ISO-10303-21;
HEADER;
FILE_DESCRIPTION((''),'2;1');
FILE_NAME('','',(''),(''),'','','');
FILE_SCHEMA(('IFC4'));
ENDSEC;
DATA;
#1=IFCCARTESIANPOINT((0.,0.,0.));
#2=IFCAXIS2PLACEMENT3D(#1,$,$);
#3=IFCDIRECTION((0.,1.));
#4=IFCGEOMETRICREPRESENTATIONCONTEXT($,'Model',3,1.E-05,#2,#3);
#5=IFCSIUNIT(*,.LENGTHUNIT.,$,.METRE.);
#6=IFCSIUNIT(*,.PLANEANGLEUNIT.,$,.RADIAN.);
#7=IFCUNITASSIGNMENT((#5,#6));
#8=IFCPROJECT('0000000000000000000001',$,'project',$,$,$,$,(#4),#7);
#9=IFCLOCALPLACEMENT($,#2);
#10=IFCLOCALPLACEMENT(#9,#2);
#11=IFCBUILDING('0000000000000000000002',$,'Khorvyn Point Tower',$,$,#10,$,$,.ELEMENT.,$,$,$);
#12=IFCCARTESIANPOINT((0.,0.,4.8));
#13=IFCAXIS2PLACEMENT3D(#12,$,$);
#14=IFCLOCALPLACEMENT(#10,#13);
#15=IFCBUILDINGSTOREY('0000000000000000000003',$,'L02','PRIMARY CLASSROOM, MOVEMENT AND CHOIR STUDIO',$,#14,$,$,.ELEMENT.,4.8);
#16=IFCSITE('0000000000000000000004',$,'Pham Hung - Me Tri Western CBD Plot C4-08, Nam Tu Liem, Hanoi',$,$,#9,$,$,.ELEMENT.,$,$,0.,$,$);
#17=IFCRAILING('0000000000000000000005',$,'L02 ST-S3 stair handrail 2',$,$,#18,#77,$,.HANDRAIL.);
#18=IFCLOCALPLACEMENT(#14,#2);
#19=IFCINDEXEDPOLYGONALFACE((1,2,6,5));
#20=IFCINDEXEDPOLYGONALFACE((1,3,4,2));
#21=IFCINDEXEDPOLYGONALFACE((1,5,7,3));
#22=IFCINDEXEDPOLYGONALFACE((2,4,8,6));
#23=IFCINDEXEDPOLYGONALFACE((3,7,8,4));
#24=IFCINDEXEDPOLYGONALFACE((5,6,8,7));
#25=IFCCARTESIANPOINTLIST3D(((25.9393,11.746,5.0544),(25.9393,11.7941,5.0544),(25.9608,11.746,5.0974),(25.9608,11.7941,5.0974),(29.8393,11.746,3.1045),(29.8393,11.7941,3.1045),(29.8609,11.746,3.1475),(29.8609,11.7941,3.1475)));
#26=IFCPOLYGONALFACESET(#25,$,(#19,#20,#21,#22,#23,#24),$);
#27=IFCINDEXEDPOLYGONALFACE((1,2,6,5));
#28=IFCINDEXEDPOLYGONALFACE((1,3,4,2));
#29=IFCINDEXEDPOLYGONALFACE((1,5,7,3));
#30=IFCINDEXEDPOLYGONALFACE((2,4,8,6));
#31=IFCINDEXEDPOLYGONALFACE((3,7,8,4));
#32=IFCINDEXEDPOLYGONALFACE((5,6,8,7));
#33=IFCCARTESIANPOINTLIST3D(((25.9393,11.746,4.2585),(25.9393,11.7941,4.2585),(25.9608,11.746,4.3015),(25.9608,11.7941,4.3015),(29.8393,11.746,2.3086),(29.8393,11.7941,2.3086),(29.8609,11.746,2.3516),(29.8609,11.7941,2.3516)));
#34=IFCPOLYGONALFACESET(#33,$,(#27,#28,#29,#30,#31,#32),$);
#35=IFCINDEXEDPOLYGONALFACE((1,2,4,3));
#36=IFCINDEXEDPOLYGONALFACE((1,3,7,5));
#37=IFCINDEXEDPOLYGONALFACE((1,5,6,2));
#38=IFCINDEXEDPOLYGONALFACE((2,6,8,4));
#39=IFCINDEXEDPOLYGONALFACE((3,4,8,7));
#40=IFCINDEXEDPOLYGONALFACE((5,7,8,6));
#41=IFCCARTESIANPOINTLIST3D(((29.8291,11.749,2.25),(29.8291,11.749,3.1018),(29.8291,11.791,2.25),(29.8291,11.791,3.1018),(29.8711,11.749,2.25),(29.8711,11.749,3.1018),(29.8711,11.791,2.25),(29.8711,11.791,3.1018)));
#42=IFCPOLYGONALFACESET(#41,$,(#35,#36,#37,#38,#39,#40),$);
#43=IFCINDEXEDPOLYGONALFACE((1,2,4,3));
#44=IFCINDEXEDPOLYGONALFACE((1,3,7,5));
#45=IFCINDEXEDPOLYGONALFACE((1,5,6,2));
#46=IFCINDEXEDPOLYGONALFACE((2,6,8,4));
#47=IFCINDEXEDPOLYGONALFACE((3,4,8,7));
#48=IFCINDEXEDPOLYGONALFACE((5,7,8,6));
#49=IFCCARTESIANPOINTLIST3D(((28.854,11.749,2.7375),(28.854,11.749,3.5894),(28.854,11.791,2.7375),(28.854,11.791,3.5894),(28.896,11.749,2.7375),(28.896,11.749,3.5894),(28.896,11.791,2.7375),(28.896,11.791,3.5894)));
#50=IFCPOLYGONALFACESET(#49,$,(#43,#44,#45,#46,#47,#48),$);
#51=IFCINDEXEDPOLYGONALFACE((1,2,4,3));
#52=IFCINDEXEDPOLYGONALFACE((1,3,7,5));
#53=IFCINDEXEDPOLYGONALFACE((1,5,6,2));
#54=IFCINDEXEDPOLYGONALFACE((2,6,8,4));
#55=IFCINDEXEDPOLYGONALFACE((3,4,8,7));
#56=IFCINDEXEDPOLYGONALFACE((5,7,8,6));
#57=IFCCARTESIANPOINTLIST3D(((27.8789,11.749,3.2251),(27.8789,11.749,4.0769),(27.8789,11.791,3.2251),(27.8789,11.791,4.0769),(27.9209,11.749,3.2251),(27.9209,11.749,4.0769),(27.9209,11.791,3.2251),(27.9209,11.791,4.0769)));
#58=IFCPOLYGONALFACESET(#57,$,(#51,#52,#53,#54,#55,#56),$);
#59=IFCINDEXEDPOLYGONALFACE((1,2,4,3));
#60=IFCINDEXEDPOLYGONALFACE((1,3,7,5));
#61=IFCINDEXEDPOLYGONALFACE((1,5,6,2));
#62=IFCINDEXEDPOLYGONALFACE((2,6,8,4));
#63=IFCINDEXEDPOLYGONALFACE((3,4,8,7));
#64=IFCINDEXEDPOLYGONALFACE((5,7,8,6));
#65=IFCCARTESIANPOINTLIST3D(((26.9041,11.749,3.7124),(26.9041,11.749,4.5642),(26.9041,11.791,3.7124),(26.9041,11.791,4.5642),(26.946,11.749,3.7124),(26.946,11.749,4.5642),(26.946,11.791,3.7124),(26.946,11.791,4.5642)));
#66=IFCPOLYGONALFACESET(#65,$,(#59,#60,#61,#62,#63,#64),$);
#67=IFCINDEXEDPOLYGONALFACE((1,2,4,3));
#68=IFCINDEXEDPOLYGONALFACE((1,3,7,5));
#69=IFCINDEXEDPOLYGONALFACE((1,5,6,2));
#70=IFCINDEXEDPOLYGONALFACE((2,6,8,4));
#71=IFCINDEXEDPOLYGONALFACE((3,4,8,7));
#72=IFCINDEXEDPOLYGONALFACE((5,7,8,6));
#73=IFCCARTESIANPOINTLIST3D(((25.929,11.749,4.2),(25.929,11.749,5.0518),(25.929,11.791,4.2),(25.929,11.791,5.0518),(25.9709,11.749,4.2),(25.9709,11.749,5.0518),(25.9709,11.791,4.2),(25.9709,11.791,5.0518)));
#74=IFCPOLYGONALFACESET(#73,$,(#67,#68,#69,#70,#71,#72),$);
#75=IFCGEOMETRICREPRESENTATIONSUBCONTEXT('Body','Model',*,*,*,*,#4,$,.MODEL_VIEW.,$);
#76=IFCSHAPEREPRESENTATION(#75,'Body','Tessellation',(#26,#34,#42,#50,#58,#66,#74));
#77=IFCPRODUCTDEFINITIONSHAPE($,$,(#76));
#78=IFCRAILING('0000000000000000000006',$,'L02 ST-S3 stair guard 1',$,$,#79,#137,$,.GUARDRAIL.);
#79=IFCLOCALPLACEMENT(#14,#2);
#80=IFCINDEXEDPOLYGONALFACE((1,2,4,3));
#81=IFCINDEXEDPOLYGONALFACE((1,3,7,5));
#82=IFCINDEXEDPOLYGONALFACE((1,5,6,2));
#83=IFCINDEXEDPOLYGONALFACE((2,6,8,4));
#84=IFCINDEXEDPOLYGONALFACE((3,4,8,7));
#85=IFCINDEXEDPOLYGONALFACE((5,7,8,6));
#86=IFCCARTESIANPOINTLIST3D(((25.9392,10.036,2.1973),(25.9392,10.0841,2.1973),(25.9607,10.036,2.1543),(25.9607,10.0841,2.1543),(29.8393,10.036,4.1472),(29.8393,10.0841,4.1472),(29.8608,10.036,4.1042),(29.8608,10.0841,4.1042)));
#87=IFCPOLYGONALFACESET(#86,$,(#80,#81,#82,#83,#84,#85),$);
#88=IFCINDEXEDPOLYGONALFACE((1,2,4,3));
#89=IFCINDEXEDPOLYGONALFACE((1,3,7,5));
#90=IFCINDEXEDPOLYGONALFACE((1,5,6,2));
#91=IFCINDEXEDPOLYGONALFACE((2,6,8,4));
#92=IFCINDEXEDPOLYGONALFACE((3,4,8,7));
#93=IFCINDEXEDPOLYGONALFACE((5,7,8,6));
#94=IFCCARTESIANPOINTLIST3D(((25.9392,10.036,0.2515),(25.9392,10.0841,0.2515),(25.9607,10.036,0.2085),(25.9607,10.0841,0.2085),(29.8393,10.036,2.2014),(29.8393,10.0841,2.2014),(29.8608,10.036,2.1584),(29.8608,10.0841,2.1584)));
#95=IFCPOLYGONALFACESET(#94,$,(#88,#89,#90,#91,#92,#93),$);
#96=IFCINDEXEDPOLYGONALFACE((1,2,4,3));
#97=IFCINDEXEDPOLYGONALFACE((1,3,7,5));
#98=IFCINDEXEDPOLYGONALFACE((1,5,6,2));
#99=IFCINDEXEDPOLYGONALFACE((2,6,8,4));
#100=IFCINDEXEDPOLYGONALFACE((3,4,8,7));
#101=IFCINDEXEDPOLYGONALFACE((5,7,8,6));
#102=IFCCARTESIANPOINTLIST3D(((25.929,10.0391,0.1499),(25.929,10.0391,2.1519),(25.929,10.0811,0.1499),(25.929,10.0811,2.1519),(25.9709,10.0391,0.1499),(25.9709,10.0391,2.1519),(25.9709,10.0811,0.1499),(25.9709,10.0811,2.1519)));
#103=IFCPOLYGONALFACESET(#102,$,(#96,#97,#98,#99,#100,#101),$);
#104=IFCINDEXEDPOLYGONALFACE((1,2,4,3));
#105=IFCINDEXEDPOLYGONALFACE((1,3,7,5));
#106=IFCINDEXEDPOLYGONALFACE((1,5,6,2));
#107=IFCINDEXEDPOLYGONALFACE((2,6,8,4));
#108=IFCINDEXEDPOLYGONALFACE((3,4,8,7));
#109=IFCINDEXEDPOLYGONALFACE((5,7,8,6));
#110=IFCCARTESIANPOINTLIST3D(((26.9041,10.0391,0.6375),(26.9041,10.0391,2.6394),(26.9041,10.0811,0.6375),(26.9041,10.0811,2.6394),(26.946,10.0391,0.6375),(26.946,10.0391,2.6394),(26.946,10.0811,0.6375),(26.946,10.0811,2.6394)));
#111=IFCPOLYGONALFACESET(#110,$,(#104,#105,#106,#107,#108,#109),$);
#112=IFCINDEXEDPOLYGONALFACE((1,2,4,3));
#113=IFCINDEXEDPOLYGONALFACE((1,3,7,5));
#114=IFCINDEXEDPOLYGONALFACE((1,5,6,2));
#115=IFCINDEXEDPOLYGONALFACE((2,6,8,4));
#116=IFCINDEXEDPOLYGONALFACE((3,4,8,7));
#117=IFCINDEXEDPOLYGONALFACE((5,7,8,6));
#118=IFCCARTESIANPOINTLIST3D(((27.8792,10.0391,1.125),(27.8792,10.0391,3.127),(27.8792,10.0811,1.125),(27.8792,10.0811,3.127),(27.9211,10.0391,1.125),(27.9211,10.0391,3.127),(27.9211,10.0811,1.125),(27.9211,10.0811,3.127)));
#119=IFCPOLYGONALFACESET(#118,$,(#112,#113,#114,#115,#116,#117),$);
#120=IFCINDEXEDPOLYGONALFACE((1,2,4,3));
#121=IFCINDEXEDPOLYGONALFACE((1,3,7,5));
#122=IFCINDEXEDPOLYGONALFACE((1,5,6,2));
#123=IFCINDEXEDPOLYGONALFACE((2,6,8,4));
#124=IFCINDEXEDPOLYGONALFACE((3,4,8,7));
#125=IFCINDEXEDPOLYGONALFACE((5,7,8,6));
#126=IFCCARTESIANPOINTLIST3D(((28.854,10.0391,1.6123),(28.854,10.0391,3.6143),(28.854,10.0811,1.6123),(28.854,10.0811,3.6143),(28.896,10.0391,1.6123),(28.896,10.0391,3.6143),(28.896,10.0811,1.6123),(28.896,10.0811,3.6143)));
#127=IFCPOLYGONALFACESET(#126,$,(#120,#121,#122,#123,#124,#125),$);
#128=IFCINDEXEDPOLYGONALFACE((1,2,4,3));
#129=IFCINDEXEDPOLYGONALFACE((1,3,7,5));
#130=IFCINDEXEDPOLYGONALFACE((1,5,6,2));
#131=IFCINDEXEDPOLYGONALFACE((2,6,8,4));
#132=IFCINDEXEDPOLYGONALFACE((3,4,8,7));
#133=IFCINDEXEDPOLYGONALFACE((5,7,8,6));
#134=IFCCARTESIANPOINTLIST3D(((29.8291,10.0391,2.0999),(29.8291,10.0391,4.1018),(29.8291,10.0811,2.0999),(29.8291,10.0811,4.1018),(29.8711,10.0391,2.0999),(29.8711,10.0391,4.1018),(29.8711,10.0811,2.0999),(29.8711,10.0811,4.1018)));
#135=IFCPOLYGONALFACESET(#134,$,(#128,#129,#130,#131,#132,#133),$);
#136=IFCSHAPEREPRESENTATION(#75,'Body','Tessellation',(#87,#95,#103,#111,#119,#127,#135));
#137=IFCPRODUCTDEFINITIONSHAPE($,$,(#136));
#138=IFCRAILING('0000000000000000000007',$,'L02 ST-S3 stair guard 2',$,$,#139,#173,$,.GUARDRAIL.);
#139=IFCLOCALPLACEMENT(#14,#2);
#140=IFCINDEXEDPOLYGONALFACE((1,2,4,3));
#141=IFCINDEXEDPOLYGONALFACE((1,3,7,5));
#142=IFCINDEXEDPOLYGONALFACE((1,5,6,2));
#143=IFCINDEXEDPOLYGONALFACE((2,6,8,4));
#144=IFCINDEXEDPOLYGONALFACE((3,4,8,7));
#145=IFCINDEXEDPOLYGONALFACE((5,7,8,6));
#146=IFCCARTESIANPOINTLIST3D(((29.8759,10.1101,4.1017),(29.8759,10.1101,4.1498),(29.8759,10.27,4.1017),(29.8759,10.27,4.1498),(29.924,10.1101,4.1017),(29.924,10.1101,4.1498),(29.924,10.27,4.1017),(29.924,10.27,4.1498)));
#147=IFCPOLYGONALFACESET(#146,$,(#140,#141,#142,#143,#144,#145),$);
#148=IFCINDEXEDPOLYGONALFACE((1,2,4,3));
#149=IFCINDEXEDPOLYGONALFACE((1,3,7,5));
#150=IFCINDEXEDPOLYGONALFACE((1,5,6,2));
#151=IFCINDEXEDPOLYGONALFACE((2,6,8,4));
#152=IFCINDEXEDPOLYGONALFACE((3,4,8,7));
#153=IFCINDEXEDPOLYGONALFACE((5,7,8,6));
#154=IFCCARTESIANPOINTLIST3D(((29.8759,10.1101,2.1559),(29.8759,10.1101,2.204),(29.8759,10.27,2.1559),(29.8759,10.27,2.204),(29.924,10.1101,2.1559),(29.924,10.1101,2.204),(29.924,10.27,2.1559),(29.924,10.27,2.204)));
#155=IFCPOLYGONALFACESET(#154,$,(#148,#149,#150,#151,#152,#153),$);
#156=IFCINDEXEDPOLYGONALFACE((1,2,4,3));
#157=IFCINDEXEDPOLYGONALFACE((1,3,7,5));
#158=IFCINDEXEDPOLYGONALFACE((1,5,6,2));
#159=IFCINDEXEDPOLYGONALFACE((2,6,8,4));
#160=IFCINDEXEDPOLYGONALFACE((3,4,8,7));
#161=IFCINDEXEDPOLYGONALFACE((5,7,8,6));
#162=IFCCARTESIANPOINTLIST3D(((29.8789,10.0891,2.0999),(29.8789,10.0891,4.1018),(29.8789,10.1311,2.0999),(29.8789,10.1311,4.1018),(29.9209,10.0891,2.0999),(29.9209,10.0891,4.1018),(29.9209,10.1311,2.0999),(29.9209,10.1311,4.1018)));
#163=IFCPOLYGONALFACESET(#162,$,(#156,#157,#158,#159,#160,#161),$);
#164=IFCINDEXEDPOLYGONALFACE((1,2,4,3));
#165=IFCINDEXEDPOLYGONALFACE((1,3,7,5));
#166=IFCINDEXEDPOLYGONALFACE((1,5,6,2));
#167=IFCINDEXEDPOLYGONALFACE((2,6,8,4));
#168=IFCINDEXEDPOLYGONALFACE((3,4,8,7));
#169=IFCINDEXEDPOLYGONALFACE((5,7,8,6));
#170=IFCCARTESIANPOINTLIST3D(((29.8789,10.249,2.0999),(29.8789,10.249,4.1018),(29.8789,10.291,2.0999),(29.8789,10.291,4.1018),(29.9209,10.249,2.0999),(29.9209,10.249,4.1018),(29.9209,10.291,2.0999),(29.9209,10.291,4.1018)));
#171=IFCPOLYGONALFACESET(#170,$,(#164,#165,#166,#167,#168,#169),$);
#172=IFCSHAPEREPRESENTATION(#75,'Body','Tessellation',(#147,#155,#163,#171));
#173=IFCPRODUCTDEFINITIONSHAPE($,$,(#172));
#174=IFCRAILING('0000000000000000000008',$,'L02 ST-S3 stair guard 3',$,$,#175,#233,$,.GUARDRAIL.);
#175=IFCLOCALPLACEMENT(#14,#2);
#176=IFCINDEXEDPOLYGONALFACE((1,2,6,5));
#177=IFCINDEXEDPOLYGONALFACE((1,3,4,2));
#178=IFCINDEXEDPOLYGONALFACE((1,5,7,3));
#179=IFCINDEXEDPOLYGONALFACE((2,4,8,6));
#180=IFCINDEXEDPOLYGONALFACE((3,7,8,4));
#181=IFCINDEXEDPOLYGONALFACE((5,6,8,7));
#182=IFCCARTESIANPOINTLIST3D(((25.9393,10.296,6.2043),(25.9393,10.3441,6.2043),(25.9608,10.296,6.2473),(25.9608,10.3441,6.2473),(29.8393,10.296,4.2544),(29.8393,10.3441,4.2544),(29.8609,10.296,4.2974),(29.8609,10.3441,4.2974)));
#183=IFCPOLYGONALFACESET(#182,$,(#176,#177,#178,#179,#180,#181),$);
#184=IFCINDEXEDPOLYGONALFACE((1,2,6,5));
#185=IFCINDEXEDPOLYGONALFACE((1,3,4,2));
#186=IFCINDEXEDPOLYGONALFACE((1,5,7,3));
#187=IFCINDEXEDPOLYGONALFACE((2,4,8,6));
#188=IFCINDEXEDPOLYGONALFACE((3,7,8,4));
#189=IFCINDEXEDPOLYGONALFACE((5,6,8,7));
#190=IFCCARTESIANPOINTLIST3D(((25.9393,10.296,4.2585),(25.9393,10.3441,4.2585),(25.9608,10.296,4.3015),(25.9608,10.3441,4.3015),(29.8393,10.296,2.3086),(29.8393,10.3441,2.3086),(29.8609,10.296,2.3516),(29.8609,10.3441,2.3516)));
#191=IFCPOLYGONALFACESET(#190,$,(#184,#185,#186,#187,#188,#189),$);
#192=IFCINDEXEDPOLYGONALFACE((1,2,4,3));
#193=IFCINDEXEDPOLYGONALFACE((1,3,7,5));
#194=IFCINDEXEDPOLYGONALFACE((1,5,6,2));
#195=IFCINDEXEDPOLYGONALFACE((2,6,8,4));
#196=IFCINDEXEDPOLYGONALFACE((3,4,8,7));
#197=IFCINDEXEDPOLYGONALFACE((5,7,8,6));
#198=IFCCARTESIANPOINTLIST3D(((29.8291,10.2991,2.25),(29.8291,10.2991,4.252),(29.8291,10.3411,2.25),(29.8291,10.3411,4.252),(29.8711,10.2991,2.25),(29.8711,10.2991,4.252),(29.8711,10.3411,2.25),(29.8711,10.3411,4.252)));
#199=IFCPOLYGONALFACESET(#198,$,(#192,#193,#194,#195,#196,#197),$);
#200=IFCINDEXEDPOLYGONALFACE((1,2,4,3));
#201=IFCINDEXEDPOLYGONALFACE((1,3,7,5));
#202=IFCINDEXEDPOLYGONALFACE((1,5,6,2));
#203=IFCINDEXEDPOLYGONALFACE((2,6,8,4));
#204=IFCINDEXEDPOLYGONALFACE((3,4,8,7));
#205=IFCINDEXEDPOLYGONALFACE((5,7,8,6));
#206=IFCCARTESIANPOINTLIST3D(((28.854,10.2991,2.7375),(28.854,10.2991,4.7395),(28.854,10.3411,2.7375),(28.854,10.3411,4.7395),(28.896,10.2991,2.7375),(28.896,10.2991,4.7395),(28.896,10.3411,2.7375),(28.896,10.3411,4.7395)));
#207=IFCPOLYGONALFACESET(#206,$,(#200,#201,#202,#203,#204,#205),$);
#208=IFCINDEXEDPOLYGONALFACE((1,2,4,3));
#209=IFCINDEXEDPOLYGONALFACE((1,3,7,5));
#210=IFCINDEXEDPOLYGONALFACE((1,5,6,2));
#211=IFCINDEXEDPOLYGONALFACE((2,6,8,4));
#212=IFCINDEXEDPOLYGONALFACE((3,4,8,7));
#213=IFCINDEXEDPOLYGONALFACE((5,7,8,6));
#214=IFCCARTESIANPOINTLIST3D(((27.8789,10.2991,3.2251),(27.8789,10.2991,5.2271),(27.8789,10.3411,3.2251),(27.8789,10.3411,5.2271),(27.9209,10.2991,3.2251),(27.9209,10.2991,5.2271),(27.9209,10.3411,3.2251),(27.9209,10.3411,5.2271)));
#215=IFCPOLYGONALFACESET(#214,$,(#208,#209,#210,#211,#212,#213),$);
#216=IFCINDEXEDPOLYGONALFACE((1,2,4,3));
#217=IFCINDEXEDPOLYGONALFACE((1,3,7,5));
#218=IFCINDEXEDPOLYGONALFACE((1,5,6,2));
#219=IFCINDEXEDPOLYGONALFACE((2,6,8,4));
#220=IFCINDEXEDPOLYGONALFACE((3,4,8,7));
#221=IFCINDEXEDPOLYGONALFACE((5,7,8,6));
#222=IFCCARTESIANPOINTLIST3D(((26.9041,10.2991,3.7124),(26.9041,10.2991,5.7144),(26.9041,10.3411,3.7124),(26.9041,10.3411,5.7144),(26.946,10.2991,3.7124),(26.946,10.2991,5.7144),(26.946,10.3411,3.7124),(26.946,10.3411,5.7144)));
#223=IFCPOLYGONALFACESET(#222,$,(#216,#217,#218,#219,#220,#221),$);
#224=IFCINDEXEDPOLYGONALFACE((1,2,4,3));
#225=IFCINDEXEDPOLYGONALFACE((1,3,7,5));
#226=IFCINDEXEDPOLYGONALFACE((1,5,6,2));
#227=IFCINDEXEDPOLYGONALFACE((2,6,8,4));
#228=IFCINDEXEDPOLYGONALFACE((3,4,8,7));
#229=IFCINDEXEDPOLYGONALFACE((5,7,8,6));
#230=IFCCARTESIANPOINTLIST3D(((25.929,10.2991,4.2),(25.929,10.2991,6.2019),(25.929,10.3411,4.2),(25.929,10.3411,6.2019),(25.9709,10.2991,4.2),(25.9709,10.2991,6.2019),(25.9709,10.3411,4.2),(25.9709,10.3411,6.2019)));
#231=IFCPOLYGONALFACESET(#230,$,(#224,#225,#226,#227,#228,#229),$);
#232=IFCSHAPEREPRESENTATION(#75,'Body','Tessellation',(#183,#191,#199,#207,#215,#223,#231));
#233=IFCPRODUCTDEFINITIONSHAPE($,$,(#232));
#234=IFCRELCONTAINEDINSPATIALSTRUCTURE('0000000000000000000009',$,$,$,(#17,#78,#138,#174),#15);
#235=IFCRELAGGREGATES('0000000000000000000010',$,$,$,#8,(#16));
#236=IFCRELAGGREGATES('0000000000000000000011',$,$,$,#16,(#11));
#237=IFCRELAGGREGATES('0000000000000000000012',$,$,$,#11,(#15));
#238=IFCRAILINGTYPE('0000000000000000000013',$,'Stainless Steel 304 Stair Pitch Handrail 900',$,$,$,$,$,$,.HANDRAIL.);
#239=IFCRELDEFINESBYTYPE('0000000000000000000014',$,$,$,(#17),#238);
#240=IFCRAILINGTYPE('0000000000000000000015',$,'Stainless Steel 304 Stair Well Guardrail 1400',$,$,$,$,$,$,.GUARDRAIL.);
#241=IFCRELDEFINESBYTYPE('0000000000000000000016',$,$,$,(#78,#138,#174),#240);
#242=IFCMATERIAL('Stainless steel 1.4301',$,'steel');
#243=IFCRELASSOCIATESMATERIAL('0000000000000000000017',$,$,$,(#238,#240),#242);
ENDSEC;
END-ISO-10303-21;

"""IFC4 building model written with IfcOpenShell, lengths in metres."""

from ifc_helpers import new_model, si_unit, direction, frame, origin, origin_2d, place, context, subcontext, project, spatial, rectangle, extrude, material, type_object, element, save


model = new_model("IFC4")

# Units and contexts
model_context = context("Model", 3, precision=1e-05, world=origin(), true_north=direction((0.0, 1.0)))
body_context = subcontext(model_context, "Body", "Model", "MODEL_VIEW")
ifc_project = project(units=[si_unit("LENGTHUNIT", "METRE"), si_unit("PLANEANGLEUNIT", "RADIAN")], contexts=[model_context])

# Site, building, storey
site_placement = place(None, origin())
site = spatial("IfcSite", under=ifc_project, at=site_placement, Name="Pham Hung - Me Tri Western CBD Plot C4-08, Nam Tu Liem, Hanoi", CompositionType="ELEMENT", RefElevation=0.0)
building_placement = place(site_placement, origin())
building = spatial("IfcBuilding", under=site, at=building_placement, Name="Khorvyn Point Tower", CompositionType="ELEMENT")
storey_placement = place(building_placement, frame((0.0, 0.0, 4.8)))
storey = spatial("IfcBuildingStorey", under=building, at=storey_placement, Name="L02", Description="PRIMARY CLASSROOM, MOVEMENT AND CHOIR STUDIO", CompositionType="ELEMENT", Elevation=4.8)

# Railings
ifc_material_1 = material(Name="Stainless steel 1.4301", Category="steel")
railing_type_1 = type_object("IfcRailingType", Name="Stainless Steel 304 Stair Pitch Handrail 900", PredefinedType="HANDRAIL", material=ifc_material_1)
railing_1_placement = place(storey_placement, frame((29.8501, 11.77, 2.25)))
element("IfcRailing", 1, at=railing_1_placement, inside=storey, type_object=railing_type_1, Name="L02 ST-S3 stair handrail 2", PredefinedType="HANDRAIL", context=body_context, shape_type="SweptSolid", body=[
    extrude(rectangle(XDim=0.0481, YDim=0.0481, at=origin_2d()), frame((0.0, 0.0, 0.876), z_axis=(-0.894438, 0.0, 0.447191), x_axis=(0.0, -1.0, 0.0)), (0.0, 0.0, 1.0), 4.3604),
    extrude(rectangle(XDim=0.0481, YDim=0.0481, at=origin_2d()), frame((0.0, 0.0, 0.0801), z_axis=(-0.894438, 0.0, 0.447191), x_axis=(0.0, -1.0, 0.0)), (0.0, 0.0, 1.0), 4.3604),
    extrude(rectangle(XDim=0.042, YDim=0.042, at=origin_2d()), origin(), (0.0, 0.0, 1.0), 0.8518),
    extrude(rectangle(XDim=0.042, YDim=0.042, at=origin_2d()), frame((-0.9751, 0.0, 0.4875)), (0.0, 0.0, 1.0), 0.8518),
    extrude(rectangle(XDim=0.042, YDim=0.042, at=origin_2d()), frame((-1.9502, 0.0, 0.9751)), (0.0, 0.0, 1.0), 0.8518),
    extrude(rectangle(XDim=0.042, YDim=0.042, at=origin_2d()), frame((-2.925, 0.0, 1.4624)), (0.0, 0.0, 1.0), 0.8518),
    extrude(rectangle(XDim=0.042, YDim=0.042, at=origin_2d()), frame((-3.9001, 0.0, 1.95)), (0.0, 0.0, 1.0), 0.8518),
])
railing_type_2 = type_object("IfcRailingType", Name="Stainless Steel 304 Stair Well Guardrail 1400", PredefinedType="GUARDRAIL", material=ifc_material_1)
railing_2_placement = place(storey_placement, frame((25.95, 10.0601, 0.1499)))
element("IfcRailing", 2, at=railing_2_placement, inside=storey, type_object=railing_type_2, Name="L02 ST-S3 stair guard 1", PredefinedType="GUARDRAIL", context=body_context, shape_type="SweptSolid", body=[
    extrude(rectangle(XDim=0.0481, YDim=0.0481, at=origin_2d()), frame((0.0, 0.0, 2.0259), z_axis=(0.894438, 0.0, 0.447191), x_axis=(0.0, 1.0, 0.0)), (0.0, 0.0, 1.0), 4.3604),
    extrude(rectangle(XDim=0.0481, YDim=0.0481, at=origin_2d()), frame((0.0, 0.0, 0.0801), z_axis=(0.894438, 0.0, 0.447191), x_axis=(0.0, 1.0, 0.0)), (0.0, 0.0, 1.0), 4.3604),
    extrude(rectangle(XDim=0.042, YDim=0.042, at=origin_2d()), origin(), (0.0, 0.0, 1.0), 2.002),
    extrude(rectangle(XDim=0.042, YDim=0.042, at=origin_2d()), frame((0.9751, 0.0, 0.4875)), (0.0, 0.0, 1.0), 2.002),
    extrude(rectangle(XDim=0.042, YDim=0.042, at=origin_2d()), frame((1.9502, 0.0, 0.9751)), (0.0, 0.0, 1.0), 2.002),
    extrude(rectangle(XDim=0.042, YDim=0.042, at=origin_2d()), frame((2.925, 0.0, 1.4624)), (0.0, 0.0, 1.0), 2.002),
    extrude(rectangle(XDim=0.042, YDim=0.042, at=origin_2d()), frame((3.9001, 0.0, 1.95)), (0.0, 0.0, 1.0), 2.002),
])
railing_3_placement = place(storey_placement, frame((29.8999, 10.1101, 2.0999)))
element("IfcRailing", 3, at=railing_3_placement, inside=storey, type_object=railing_type_2, Name="L02 ST-S3 stair guard 2", PredefinedType="GUARDRAIL", context=body_context, shape_type="SweptSolid", body=[
    extrude(rectangle(XDim=0.0481, YDim=0.0481, at=origin_2d()), frame((0.0, 0.0, 2.0259), z_axis=(0.0, 1.0, 0.0), x_axis=(-1.0, 0.0, 0.0)), (0.0, 0.0, 1.0), 0.1599),
    extrude(rectangle(XDim=0.0481, YDim=0.0481, at=origin_2d()), frame((0.0, 0.0, 0.0801), z_axis=(0.0, 1.0, 0.0), x_axis=(-1.0, 0.0, 0.0)), (0.0, 0.0, 1.0), 0.1599),
    extrude(rectangle(XDim=0.042, YDim=0.042, at=origin_2d()), origin(), (0.0, 0.0, 1.0), 2.002),
    extrude(rectangle(XDim=0.042, YDim=0.042, at=origin_2d()), frame((0.0, 0.1599, 0.0)), (0.0, 0.0, 1.0), 2.002),
])
railing_4_placement = place(storey_placement, frame((29.8501, 10.3201, 2.25)))
element("IfcRailing", 4, at=railing_4_placement, inside=storey, type_object=railing_type_2, Name="L02 ST-S3 stair guard 3", PredefinedType="GUARDRAIL", context=body_context, shape_type="SweptSolid", body=[
    extrude(rectangle(XDim=0.0481, YDim=0.0481, at=origin_2d()), frame((0.0, 0.0, 2.0259), z_axis=(-0.894438, 0.0, 0.447191), x_axis=(0.0, -1.0, 0.0)), (0.0, 0.0, 1.0), 4.3604),
    extrude(rectangle(XDim=0.0481, YDim=0.0481, at=origin_2d()), frame((0.0, 0.0, 0.0801), z_axis=(-0.894438, 0.0, 0.447191), x_axis=(0.0, -1.0, 0.0)), (0.0, 0.0, 1.0), 4.3604),
    extrude(rectangle(XDim=0.042, YDim=0.042, at=origin_2d()), origin(), (0.0, 0.0, 1.0), 2.002),
    extrude(rectangle(XDim=0.042, YDim=0.042, at=origin_2d()), frame((-0.9751, 0.0, 0.4875)), (0.0, 0.0, 1.0), 2.002),
    extrude(rectangle(XDim=0.042, YDim=0.042, at=origin_2d()), frame((-1.9502, 0.0, 0.9751)), (0.0, 0.0, 1.0), 2.002),
    extrude(rectangle(XDim=0.042, YDim=0.042, at=origin_2d()), frame((-2.925, 0.0, 1.4624)), (0.0, 0.0, 1.0), 2.002),
    extrude(rectangle(XDim=0.042, YDim=0.042, at=origin_2d()), frame((-3.9001, 0.0, 1.95)), (0.0, 0.0, 1.0), 2.002),
])

save(model, "model.ifc")
